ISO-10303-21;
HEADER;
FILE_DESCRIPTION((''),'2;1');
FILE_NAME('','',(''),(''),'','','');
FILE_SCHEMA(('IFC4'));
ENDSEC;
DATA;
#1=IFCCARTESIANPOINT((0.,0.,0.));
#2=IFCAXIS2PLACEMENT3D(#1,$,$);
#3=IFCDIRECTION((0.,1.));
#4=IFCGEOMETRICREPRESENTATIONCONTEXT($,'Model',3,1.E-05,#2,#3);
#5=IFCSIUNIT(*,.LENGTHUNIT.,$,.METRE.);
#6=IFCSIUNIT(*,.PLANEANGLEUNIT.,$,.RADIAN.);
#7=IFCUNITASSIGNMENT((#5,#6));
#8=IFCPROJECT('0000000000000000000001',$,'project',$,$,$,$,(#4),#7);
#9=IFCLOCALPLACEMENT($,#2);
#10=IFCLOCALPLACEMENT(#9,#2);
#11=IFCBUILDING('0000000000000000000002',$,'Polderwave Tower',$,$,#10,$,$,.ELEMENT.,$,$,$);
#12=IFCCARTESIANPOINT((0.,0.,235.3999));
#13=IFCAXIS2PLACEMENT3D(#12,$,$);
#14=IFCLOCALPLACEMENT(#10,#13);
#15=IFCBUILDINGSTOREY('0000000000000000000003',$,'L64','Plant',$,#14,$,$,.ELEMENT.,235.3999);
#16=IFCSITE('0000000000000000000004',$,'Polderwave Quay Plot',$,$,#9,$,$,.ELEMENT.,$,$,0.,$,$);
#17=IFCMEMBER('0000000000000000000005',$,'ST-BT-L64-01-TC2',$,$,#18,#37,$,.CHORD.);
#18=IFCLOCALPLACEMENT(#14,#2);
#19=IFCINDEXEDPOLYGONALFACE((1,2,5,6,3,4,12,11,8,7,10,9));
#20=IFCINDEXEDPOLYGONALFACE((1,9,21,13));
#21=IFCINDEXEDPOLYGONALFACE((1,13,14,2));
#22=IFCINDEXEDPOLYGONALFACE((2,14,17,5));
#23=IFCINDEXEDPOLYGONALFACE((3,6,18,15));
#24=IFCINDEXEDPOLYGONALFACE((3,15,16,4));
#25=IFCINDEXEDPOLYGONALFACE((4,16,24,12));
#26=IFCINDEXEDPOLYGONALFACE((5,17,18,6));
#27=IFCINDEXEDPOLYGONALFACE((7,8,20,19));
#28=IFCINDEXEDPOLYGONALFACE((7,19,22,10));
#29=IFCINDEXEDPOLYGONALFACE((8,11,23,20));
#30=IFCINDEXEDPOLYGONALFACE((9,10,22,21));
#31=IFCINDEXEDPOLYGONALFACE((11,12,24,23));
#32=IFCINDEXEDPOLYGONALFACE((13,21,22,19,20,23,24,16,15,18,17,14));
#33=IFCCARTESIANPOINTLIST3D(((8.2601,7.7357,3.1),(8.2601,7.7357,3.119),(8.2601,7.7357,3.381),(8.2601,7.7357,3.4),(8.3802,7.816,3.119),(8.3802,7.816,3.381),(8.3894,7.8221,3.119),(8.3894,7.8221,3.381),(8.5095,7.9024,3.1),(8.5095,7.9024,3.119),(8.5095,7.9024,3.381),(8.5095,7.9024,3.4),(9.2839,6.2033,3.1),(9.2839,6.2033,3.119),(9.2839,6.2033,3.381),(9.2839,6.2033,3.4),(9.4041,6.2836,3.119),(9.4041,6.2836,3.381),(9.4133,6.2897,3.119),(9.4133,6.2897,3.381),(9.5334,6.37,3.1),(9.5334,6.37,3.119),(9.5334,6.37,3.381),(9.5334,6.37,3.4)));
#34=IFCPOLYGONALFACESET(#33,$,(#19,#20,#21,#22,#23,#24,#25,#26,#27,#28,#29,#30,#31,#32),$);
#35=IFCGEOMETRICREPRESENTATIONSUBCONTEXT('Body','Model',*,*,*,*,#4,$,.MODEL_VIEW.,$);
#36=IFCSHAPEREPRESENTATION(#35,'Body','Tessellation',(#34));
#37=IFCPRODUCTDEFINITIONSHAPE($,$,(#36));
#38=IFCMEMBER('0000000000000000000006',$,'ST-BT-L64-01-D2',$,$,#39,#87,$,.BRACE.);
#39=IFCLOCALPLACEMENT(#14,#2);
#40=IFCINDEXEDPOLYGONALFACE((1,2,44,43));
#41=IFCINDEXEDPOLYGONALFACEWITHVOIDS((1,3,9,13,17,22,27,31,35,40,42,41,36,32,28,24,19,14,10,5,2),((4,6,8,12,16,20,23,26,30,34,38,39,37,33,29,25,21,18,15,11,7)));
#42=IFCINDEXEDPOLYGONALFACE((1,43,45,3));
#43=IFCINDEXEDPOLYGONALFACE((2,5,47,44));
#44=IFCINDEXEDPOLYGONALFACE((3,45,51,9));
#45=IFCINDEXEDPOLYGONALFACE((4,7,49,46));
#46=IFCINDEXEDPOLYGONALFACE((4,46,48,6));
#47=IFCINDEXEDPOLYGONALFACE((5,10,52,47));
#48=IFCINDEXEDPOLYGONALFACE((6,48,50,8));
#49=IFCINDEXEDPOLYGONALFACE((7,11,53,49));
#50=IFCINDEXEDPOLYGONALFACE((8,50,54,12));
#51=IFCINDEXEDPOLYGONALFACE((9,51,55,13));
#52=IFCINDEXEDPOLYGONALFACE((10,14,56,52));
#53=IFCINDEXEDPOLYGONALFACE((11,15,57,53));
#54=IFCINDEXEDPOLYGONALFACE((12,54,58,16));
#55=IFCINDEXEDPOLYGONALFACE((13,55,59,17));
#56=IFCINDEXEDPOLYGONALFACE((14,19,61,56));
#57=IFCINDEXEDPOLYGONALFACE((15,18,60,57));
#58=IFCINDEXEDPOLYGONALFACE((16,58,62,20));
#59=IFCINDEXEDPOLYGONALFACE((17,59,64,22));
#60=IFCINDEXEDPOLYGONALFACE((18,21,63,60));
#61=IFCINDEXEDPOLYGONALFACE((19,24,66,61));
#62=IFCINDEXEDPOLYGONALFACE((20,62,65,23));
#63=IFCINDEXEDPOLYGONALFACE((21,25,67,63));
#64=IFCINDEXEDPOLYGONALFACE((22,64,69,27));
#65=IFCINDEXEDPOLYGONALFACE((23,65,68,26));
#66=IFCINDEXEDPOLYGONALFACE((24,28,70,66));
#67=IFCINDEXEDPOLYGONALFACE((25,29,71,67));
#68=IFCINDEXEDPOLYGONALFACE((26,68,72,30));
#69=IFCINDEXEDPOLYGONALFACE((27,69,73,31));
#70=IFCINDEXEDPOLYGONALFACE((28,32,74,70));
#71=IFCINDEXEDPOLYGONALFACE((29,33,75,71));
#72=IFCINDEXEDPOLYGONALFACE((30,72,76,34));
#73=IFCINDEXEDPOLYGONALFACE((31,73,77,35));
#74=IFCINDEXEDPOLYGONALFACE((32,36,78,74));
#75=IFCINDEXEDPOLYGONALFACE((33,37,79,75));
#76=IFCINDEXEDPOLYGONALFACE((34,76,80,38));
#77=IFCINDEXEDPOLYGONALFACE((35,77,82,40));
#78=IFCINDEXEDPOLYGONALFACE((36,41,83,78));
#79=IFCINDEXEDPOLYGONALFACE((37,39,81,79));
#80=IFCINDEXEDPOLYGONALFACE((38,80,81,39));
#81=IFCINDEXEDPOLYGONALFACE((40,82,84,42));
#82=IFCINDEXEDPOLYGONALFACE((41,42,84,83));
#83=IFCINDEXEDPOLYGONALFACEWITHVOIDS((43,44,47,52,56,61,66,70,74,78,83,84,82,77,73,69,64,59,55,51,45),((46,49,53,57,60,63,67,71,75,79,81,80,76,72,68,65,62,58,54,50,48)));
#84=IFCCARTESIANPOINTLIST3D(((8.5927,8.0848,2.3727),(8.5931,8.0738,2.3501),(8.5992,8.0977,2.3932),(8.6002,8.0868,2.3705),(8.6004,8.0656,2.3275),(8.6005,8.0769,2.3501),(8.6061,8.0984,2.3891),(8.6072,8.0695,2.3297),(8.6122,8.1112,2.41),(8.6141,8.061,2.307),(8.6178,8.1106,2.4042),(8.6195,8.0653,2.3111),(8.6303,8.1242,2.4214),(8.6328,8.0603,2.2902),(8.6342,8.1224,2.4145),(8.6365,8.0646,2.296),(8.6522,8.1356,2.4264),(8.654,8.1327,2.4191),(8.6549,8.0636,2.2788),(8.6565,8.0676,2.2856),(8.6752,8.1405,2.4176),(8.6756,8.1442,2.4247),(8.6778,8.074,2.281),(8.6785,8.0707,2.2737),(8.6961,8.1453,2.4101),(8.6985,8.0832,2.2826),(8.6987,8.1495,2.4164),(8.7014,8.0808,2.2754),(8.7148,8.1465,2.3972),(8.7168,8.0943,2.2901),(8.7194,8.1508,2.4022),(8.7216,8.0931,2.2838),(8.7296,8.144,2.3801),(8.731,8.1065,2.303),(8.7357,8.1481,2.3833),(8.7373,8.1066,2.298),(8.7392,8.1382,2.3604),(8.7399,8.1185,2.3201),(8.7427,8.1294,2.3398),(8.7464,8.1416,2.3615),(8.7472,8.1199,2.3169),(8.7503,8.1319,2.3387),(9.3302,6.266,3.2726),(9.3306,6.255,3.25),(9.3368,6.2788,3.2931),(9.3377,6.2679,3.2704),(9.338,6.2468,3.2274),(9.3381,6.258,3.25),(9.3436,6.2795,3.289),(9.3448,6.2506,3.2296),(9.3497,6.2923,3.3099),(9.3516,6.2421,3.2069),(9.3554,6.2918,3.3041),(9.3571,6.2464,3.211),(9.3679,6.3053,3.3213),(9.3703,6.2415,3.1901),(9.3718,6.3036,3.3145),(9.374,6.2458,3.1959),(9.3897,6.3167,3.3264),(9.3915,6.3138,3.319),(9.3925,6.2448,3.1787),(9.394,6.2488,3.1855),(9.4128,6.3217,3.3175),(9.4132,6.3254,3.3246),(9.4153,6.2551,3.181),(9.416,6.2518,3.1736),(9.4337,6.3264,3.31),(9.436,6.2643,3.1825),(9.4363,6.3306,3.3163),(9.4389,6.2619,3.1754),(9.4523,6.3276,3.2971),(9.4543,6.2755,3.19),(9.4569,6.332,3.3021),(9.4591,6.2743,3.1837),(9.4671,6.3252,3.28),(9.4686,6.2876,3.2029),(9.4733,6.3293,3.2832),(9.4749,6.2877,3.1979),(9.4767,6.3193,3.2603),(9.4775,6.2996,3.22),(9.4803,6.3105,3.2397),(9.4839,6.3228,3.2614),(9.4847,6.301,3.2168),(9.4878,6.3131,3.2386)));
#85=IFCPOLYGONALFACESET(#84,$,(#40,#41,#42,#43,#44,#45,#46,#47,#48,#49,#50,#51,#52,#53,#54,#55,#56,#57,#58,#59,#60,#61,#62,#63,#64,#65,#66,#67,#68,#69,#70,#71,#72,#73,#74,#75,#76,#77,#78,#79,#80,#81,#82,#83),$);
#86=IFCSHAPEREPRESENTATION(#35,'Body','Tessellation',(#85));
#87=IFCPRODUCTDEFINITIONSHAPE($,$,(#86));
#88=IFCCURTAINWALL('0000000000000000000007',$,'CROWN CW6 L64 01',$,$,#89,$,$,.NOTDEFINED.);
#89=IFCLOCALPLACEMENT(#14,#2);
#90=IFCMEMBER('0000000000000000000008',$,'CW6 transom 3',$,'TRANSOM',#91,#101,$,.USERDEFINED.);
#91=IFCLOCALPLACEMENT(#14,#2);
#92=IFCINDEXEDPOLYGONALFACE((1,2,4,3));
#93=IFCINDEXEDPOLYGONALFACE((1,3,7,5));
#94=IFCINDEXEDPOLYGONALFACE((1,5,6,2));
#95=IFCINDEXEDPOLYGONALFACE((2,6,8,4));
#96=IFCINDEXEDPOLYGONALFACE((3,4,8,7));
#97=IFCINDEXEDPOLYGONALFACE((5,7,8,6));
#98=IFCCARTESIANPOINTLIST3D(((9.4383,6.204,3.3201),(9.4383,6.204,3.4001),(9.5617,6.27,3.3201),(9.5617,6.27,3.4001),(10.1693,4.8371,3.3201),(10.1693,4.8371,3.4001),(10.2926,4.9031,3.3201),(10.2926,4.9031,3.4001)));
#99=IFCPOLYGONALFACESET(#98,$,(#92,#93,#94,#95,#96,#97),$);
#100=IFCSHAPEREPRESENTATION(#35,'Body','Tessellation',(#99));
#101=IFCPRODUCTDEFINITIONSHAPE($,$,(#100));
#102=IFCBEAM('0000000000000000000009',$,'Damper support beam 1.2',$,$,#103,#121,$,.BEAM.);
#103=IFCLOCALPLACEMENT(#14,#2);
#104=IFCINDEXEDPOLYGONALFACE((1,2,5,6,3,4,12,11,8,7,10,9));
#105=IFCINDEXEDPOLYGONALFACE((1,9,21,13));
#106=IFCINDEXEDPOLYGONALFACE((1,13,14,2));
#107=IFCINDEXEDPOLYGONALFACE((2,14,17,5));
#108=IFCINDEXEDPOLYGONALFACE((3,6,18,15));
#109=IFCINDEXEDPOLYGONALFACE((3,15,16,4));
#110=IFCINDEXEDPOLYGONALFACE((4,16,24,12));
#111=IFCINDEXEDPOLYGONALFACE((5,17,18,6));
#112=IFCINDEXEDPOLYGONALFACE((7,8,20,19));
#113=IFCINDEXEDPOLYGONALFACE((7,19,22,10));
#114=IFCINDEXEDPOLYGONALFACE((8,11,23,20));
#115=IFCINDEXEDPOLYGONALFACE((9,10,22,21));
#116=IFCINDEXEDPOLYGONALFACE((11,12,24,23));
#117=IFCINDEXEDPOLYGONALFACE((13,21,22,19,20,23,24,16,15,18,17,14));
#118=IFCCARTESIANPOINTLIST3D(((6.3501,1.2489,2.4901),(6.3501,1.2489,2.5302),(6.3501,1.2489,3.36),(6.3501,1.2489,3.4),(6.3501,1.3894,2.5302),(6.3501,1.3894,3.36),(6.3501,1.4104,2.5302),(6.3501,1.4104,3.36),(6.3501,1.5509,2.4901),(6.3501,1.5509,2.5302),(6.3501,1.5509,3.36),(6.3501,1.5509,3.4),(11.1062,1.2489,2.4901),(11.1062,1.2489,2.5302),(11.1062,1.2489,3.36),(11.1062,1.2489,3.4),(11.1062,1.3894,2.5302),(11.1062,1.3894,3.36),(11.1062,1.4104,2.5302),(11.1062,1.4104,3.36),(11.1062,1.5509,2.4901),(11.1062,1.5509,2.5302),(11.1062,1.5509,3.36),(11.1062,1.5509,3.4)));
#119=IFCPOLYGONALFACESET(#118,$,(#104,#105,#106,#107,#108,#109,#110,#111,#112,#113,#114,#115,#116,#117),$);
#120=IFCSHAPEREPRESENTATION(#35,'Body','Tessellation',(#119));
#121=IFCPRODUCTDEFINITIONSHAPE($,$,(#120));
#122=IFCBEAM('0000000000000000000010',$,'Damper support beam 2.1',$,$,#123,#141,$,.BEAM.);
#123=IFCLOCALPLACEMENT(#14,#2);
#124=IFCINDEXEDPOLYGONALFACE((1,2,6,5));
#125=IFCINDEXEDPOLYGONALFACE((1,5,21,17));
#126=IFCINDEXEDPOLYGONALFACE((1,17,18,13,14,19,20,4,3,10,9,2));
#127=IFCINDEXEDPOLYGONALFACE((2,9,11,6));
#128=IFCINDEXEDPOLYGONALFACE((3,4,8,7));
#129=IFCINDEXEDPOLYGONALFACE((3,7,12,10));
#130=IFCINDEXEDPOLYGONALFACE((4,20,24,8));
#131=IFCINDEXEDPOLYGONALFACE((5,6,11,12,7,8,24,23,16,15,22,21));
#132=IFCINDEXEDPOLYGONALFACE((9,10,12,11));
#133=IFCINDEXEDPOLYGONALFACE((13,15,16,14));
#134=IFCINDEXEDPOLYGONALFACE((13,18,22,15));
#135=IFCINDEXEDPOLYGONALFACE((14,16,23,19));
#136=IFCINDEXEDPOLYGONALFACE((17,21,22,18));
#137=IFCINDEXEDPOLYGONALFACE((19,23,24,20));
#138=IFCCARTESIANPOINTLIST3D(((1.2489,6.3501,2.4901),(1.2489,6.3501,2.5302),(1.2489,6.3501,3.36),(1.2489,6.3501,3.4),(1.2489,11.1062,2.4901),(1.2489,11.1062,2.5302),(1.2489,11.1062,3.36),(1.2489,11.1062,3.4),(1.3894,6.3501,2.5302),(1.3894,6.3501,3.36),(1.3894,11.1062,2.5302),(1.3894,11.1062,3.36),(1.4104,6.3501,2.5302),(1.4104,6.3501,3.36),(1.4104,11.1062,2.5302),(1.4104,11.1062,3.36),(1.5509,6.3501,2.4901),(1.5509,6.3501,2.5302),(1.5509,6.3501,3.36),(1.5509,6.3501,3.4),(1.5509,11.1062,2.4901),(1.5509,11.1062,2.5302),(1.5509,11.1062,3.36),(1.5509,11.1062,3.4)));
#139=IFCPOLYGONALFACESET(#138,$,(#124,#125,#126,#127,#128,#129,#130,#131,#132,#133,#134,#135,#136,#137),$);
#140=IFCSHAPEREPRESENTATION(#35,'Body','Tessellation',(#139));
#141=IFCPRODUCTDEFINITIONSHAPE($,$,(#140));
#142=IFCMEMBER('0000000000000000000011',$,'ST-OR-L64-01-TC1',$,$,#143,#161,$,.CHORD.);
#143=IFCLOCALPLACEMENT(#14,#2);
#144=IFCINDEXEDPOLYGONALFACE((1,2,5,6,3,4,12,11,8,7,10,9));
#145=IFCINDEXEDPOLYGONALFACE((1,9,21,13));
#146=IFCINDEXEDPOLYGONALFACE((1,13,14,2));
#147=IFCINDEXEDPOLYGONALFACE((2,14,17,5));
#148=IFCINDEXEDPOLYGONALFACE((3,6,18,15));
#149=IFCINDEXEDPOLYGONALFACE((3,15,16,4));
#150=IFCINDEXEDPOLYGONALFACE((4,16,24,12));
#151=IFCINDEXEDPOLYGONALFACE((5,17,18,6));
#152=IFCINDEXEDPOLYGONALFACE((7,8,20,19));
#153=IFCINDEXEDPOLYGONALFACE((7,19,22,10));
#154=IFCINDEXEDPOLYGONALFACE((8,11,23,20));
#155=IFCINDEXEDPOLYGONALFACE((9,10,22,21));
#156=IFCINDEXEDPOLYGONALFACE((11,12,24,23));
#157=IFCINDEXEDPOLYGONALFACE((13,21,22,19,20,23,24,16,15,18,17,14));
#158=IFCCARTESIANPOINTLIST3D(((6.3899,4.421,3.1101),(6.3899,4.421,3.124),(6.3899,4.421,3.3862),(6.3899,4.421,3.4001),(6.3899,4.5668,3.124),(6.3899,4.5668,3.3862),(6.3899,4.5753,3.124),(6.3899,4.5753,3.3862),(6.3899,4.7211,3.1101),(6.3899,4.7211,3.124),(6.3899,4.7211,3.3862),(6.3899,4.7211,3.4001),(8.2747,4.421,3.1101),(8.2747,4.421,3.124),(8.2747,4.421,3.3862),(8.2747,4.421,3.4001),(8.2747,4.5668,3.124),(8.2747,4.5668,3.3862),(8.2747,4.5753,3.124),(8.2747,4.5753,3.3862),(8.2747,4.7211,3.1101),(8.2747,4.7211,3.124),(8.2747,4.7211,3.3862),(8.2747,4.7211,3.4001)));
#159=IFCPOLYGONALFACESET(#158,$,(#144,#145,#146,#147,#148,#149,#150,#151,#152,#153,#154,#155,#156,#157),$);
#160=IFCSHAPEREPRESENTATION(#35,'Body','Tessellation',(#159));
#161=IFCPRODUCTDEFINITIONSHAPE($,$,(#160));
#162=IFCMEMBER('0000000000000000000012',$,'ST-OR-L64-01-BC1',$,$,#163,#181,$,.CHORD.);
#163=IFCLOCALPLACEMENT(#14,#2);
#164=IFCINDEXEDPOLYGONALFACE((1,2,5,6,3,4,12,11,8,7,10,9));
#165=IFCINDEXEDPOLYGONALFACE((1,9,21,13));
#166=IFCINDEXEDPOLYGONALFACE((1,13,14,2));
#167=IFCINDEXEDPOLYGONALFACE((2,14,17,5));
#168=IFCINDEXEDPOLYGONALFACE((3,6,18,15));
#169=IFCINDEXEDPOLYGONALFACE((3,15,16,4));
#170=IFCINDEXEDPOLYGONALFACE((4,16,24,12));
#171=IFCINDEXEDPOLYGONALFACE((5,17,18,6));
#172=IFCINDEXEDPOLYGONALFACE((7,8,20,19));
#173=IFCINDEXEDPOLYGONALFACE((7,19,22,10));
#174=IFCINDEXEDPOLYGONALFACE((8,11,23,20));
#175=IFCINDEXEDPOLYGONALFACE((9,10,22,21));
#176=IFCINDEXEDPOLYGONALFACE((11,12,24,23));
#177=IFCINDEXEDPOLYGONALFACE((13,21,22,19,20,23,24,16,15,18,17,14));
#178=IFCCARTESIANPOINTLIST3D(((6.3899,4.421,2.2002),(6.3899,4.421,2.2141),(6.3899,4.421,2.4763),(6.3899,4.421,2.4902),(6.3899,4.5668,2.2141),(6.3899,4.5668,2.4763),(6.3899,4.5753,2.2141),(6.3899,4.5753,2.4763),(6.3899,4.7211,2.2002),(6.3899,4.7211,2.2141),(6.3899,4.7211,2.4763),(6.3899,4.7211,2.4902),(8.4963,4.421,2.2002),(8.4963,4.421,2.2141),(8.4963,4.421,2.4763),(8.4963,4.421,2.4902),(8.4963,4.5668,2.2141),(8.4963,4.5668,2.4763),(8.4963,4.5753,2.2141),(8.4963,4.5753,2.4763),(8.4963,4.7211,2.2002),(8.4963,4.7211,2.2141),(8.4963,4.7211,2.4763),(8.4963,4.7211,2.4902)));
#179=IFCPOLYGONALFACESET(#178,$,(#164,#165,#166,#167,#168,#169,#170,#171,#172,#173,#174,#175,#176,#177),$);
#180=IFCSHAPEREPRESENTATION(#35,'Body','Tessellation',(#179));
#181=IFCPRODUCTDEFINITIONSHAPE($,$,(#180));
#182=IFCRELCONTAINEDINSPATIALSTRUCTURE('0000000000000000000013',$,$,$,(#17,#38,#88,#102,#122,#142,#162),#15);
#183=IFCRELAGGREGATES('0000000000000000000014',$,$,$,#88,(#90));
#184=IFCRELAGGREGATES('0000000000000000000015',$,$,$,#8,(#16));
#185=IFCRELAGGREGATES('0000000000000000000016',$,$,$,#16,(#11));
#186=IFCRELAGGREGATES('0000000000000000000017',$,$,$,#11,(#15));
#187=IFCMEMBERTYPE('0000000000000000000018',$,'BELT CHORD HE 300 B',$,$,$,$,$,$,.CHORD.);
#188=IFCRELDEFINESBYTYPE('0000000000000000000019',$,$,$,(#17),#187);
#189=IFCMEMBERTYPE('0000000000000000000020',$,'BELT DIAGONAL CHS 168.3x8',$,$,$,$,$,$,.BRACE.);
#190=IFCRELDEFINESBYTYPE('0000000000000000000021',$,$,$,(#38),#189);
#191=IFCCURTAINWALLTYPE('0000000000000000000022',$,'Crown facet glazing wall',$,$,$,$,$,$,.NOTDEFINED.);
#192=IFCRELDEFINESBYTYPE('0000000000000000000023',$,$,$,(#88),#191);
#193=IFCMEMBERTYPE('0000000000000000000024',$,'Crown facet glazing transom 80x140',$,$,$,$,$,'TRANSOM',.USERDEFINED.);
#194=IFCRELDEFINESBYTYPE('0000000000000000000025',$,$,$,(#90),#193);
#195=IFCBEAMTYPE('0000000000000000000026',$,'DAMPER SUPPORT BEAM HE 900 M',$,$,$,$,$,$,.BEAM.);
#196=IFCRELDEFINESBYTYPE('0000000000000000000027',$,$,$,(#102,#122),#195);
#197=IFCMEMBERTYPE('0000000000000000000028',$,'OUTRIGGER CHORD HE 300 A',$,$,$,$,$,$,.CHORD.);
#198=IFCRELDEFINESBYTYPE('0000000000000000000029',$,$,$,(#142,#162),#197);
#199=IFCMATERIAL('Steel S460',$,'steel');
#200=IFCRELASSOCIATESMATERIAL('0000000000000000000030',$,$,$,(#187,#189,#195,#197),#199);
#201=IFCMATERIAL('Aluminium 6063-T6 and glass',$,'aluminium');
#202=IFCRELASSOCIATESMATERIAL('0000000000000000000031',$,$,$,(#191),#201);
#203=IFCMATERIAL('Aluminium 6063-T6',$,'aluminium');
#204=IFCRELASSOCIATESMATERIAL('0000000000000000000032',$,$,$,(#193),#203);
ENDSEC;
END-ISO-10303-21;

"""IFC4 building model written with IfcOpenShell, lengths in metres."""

from ifc_helpers import new_model, si_unit, direction, frame, origin, origin_2d, place, context, subcontext, project, spatial, rectangle, hollow_circle, i_section, extrude, material, material_profile, profile_set, type_object, element, aggregate, save


model = new_model("IFC4")

# Units and contexts
model_context = context("Model", 3, precision=1e-05, world=origin(), true_north=direction((0.0, 1.0)))
body_context = subcontext(model_context, "Body", "Model", "MODEL_VIEW")
ifc_project = project(units=[si_unit("LENGTHUNIT", "METRE"), si_unit("PLANEANGLEUNIT", "RADIAN")], contexts=[model_context])

# Site, building, storey
site_placement = place(None, origin())
site = spatial("IfcSite", under=ifc_project, at=site_placement, Name="Polderwave Quay Plot", CompositionType="ELEMENT", RefElevation=0.0)
building_placement = place(site_placement, origin())
building = spatial("IfcBuilding", under=site, at=building_placement, Name="Polderwave Tower", CompositionType="ELEMENT")
storey_placement = place(building_placement, frame((0.0, 0.0, 235.3999)))
storey = spatial("IfcBuildingStorey", under=building, at=storey_placement, Name="L64", Description="Plant", CompositionType="ELEMENT", Elevation=235.3999)

# Members
ifc_material_1 = material(Name="Steel S460", Category="steel")
ifc_material_profile_1 = material_profile(ifc_material_1, i_section(OverallWidth=0.3, OverallDepth=0.3, WebThickness=0.011, FlangeThickness=0.019, at=origin_2d()), Name="HE 300 B")
ifc_profile_set_1 = profile_set([ifc_material_profile_1], Name="Steel S460")
member_type_1 = type_object("IfcMemberType", Name="BELT CHORD HE 300 B", PredefinedType="CHORD", material=ifc_profile_set_1)
member_1_placement = place(storey_placement, frame((9.4087, 6.2866, 3.25), z_axis=(-0.555556, 0.831479, 0.0), x_axis=(-0.831479, -0.555556, 0.0)))
element("IfcMember", 1, at=member_1_placement, inside=storey, type_object=member_type_1, Name="ST-BT-L64-01-TC2", PredefinedType="CHORD", context=body_context, shape_type="SweptSolid", body=[
    extrude(i_section(OverallWidth=0.3, OverallDepth=0.3, WebThickness=0.011, FlangeThickness=0.019, at=origin_2d()), origin(), (0.0, 0.0, 1.0), 1.843),
])
ifc_material_profile_2 = material_profile(ifc_material_1, hollow_circle(Radius=0.0842, WallThickness=0.0081, at=origin_2d()), Name="CHS 168.3x8")
ifc_profile_set_2 = profile_set([ifc_material_profile_2], Name="Steel S460")
member_type_2 = type_object("IfcMemberType", Name="BELT DIAGONAL CHS 168.3x8", PredefinedType="BRACE", material=ifc_profile_set_2)
member_2_placement = place(storey_placement, frame((9.4087, 6.2866, 3.25), z_axis=(-0.341589, 0.842383, -0.416782), x_axis=(-0.926708, -0.375783, 0.0)))
element("IfcMember", 2, at=member_2_placement, inside=storey, type_object=member_type_2, Name="ST-BT-L64-01-D2", PredefinedType="BRACE", context=body_context, shape_type="SweptSolid", body=[
    extrude(hollow_circle(Radius=0.0842, WallThickness=0.0081, at=origin_2d()), origin(), (0.0, 0.0, 1.0), 2.1592),
])

# Curtain wall, member
ifc_material_2 = material(Name="Aluminium 6063-T6 and glass", Category="aluminium")
curtain_wall_type = type_object("IfcCurtainWallType", Name="Crown facet glazing wall", PredefinedType="NOTDEFINED", material=ifc_material_2)
curtain_wall_placement = place(storey_placement, origin())
curtain_wall = element("IfcCurtainWall", 3, at=curtain_wall_placement, inside=storey, type_object=curtain_wall_type, Name="CROWN CW6 L64 01", PredefinedType="NOTDEFINED")
ifc_material_3 = material(Name="Aluminium 6063-T6", Category="aluminium")
ifc_material_profile_3 = material_profile(ifc_material_3, rectangle(XDim=0.1399, YDim=0.0801, at=origin_2d()), Name="AL 80x140")
ifc_profile_set_3 = profile_set([ifc_material_profile_3], Name="Aluminium 6063-T6")
member_type_3 = type_object("IfcMemberType", Name="Crown facet glazing transom 80x140", ElementType="TRANSOM", PredefinedType="USERDEFINED", material=ifc_profile_set_3)
member_3_placement = place(storey_placement, frame((10.231, 4.8701, 3.3601), z_axis=(-0.471553, 0.881838, 0.0), x_axis=(-0.881838, -0.471553, 0.0)))
member_3 = element("IfcMember", 4, at=member_3_placement, type_object=member_type_3, Name="CW6 transom 3", ObjectType="TRANSOM", PredefinedType="USERDEFINED", context=body_context, shape_type="SweptSolid", body=[
    extrude(rectangle(XDim=0.1399, YDim=0.0801, at=origin_2d()), origin(), (0.0, 0.0, 1.0), 1.55),
])
aggregate(curtain_wall, [member_3])

# Beams
ifc_material_profile_4 = material_profile(ifc_material_1, i_section(OverallWidth=0.302, OverallDepth=0.9099, WebThickness=0.021, FlangeThickness=0.04, at=origin_2d()), Name="HE 900 M")
ifc_profile_set_4 = profile_set([ifc_material_profile_4], Name="Steel S460")
beam_type = type_object("IfcBeamType", Name="DAMPER SUPPORT BEAM HE 900 M", PredefinedType="BEAM", material=ifc_profile_set_4)
for number, where, z_axis, x_axis, name in (
    (5, (6.3501, 1.3999, 2.9451), (1.0, 0.0, 0.0), (0.0, 1.0, 0.0), "Damper support beam 1.2"),
    (6, (1.3999, 6.3501, 2.9451), (0.0, 1.0, 0.0), (-1.0, 0.0, 0.0), "Damper support beam 2.1"),
):
    element("IfcBeam", number, at=place(storey_placement, frame(where, z_axis=z_axis, x_axis=x_axis)), inside=storey, type_object=beam_type, Name=name, PredefinedType="BEAM", context=body_context, shape_type="SweptSolid", body=[
        extrude(i_section(OverallWidth=0.302, OverallDepth=0.9099, WebThickness=0.021, FlangeThickness=0.04, at=origin_2d()), origin(), (0.0, 0.0, 1.0), 4.7561),
    ])

# Members
ifc_material_profile_5 = material_profile(ifc_material_1, i_section(OverallWidth=0.3, OverallDepth=0.29, WebThickness=0.0085, FlangeThickness=0.0139, at=origin_2d()), Name="HE 300 A")
ifc_profile_set_5 = profile_set([ifc_material_profile_5], Name="Steel S460")
member_type_4 = type_object("IfcMemberType", Name="OUTRIGGER CHORD HE 300 A", PredefinedType="CHORD", material=ifc_profile_set_5)
member_4_placement = place(storey_placement, frame((6.3899, 4.571, 3.2551), z_axis=(1.0, 0.0, 0.0), x_axis=(0.0, 1.0, 0.0)))
element("IfcMember", 7, at=member_4_placement, inside=storey, type_object=member_type_4, Name="ST-OR-L64-01-TC1", PredefinedType="CHORD", context=body_context, shape_type="SweptSolid", body=[
    extrude(i_section(OverallWidth=0.3, OverallDepth=0.29, WebThickness=0.0085, FlangeThickness=0.0139, at=origin_2d()), origin(), (0.0, 0.0, 1.0), 1.8848),
])
member_5_placement = place(storey_placement, frame((6.3899, 4.571, 2.3452), z_axis=(1.0, 0.0, 0.0), x_axis=(0.0, 1.0, 0.0)))
element("IfcMember", 8, at=member_5_placement, inside=storey, type_object=member_type_4, Name="ST-OR-L64-01-BC1", PredefinedType="CHORD", context=body_context, shape_type="SweptSolid", body=[
    extrude(i_section(OverallWidth=0.3, OverallDepth=0.29, WebThickness=0.0085, FlangeThickness=0.0139, at=origin_2d()), origin(), (0.0, 0.0, 1.0), 2.1064),
])

save(model, "model.ifc")
